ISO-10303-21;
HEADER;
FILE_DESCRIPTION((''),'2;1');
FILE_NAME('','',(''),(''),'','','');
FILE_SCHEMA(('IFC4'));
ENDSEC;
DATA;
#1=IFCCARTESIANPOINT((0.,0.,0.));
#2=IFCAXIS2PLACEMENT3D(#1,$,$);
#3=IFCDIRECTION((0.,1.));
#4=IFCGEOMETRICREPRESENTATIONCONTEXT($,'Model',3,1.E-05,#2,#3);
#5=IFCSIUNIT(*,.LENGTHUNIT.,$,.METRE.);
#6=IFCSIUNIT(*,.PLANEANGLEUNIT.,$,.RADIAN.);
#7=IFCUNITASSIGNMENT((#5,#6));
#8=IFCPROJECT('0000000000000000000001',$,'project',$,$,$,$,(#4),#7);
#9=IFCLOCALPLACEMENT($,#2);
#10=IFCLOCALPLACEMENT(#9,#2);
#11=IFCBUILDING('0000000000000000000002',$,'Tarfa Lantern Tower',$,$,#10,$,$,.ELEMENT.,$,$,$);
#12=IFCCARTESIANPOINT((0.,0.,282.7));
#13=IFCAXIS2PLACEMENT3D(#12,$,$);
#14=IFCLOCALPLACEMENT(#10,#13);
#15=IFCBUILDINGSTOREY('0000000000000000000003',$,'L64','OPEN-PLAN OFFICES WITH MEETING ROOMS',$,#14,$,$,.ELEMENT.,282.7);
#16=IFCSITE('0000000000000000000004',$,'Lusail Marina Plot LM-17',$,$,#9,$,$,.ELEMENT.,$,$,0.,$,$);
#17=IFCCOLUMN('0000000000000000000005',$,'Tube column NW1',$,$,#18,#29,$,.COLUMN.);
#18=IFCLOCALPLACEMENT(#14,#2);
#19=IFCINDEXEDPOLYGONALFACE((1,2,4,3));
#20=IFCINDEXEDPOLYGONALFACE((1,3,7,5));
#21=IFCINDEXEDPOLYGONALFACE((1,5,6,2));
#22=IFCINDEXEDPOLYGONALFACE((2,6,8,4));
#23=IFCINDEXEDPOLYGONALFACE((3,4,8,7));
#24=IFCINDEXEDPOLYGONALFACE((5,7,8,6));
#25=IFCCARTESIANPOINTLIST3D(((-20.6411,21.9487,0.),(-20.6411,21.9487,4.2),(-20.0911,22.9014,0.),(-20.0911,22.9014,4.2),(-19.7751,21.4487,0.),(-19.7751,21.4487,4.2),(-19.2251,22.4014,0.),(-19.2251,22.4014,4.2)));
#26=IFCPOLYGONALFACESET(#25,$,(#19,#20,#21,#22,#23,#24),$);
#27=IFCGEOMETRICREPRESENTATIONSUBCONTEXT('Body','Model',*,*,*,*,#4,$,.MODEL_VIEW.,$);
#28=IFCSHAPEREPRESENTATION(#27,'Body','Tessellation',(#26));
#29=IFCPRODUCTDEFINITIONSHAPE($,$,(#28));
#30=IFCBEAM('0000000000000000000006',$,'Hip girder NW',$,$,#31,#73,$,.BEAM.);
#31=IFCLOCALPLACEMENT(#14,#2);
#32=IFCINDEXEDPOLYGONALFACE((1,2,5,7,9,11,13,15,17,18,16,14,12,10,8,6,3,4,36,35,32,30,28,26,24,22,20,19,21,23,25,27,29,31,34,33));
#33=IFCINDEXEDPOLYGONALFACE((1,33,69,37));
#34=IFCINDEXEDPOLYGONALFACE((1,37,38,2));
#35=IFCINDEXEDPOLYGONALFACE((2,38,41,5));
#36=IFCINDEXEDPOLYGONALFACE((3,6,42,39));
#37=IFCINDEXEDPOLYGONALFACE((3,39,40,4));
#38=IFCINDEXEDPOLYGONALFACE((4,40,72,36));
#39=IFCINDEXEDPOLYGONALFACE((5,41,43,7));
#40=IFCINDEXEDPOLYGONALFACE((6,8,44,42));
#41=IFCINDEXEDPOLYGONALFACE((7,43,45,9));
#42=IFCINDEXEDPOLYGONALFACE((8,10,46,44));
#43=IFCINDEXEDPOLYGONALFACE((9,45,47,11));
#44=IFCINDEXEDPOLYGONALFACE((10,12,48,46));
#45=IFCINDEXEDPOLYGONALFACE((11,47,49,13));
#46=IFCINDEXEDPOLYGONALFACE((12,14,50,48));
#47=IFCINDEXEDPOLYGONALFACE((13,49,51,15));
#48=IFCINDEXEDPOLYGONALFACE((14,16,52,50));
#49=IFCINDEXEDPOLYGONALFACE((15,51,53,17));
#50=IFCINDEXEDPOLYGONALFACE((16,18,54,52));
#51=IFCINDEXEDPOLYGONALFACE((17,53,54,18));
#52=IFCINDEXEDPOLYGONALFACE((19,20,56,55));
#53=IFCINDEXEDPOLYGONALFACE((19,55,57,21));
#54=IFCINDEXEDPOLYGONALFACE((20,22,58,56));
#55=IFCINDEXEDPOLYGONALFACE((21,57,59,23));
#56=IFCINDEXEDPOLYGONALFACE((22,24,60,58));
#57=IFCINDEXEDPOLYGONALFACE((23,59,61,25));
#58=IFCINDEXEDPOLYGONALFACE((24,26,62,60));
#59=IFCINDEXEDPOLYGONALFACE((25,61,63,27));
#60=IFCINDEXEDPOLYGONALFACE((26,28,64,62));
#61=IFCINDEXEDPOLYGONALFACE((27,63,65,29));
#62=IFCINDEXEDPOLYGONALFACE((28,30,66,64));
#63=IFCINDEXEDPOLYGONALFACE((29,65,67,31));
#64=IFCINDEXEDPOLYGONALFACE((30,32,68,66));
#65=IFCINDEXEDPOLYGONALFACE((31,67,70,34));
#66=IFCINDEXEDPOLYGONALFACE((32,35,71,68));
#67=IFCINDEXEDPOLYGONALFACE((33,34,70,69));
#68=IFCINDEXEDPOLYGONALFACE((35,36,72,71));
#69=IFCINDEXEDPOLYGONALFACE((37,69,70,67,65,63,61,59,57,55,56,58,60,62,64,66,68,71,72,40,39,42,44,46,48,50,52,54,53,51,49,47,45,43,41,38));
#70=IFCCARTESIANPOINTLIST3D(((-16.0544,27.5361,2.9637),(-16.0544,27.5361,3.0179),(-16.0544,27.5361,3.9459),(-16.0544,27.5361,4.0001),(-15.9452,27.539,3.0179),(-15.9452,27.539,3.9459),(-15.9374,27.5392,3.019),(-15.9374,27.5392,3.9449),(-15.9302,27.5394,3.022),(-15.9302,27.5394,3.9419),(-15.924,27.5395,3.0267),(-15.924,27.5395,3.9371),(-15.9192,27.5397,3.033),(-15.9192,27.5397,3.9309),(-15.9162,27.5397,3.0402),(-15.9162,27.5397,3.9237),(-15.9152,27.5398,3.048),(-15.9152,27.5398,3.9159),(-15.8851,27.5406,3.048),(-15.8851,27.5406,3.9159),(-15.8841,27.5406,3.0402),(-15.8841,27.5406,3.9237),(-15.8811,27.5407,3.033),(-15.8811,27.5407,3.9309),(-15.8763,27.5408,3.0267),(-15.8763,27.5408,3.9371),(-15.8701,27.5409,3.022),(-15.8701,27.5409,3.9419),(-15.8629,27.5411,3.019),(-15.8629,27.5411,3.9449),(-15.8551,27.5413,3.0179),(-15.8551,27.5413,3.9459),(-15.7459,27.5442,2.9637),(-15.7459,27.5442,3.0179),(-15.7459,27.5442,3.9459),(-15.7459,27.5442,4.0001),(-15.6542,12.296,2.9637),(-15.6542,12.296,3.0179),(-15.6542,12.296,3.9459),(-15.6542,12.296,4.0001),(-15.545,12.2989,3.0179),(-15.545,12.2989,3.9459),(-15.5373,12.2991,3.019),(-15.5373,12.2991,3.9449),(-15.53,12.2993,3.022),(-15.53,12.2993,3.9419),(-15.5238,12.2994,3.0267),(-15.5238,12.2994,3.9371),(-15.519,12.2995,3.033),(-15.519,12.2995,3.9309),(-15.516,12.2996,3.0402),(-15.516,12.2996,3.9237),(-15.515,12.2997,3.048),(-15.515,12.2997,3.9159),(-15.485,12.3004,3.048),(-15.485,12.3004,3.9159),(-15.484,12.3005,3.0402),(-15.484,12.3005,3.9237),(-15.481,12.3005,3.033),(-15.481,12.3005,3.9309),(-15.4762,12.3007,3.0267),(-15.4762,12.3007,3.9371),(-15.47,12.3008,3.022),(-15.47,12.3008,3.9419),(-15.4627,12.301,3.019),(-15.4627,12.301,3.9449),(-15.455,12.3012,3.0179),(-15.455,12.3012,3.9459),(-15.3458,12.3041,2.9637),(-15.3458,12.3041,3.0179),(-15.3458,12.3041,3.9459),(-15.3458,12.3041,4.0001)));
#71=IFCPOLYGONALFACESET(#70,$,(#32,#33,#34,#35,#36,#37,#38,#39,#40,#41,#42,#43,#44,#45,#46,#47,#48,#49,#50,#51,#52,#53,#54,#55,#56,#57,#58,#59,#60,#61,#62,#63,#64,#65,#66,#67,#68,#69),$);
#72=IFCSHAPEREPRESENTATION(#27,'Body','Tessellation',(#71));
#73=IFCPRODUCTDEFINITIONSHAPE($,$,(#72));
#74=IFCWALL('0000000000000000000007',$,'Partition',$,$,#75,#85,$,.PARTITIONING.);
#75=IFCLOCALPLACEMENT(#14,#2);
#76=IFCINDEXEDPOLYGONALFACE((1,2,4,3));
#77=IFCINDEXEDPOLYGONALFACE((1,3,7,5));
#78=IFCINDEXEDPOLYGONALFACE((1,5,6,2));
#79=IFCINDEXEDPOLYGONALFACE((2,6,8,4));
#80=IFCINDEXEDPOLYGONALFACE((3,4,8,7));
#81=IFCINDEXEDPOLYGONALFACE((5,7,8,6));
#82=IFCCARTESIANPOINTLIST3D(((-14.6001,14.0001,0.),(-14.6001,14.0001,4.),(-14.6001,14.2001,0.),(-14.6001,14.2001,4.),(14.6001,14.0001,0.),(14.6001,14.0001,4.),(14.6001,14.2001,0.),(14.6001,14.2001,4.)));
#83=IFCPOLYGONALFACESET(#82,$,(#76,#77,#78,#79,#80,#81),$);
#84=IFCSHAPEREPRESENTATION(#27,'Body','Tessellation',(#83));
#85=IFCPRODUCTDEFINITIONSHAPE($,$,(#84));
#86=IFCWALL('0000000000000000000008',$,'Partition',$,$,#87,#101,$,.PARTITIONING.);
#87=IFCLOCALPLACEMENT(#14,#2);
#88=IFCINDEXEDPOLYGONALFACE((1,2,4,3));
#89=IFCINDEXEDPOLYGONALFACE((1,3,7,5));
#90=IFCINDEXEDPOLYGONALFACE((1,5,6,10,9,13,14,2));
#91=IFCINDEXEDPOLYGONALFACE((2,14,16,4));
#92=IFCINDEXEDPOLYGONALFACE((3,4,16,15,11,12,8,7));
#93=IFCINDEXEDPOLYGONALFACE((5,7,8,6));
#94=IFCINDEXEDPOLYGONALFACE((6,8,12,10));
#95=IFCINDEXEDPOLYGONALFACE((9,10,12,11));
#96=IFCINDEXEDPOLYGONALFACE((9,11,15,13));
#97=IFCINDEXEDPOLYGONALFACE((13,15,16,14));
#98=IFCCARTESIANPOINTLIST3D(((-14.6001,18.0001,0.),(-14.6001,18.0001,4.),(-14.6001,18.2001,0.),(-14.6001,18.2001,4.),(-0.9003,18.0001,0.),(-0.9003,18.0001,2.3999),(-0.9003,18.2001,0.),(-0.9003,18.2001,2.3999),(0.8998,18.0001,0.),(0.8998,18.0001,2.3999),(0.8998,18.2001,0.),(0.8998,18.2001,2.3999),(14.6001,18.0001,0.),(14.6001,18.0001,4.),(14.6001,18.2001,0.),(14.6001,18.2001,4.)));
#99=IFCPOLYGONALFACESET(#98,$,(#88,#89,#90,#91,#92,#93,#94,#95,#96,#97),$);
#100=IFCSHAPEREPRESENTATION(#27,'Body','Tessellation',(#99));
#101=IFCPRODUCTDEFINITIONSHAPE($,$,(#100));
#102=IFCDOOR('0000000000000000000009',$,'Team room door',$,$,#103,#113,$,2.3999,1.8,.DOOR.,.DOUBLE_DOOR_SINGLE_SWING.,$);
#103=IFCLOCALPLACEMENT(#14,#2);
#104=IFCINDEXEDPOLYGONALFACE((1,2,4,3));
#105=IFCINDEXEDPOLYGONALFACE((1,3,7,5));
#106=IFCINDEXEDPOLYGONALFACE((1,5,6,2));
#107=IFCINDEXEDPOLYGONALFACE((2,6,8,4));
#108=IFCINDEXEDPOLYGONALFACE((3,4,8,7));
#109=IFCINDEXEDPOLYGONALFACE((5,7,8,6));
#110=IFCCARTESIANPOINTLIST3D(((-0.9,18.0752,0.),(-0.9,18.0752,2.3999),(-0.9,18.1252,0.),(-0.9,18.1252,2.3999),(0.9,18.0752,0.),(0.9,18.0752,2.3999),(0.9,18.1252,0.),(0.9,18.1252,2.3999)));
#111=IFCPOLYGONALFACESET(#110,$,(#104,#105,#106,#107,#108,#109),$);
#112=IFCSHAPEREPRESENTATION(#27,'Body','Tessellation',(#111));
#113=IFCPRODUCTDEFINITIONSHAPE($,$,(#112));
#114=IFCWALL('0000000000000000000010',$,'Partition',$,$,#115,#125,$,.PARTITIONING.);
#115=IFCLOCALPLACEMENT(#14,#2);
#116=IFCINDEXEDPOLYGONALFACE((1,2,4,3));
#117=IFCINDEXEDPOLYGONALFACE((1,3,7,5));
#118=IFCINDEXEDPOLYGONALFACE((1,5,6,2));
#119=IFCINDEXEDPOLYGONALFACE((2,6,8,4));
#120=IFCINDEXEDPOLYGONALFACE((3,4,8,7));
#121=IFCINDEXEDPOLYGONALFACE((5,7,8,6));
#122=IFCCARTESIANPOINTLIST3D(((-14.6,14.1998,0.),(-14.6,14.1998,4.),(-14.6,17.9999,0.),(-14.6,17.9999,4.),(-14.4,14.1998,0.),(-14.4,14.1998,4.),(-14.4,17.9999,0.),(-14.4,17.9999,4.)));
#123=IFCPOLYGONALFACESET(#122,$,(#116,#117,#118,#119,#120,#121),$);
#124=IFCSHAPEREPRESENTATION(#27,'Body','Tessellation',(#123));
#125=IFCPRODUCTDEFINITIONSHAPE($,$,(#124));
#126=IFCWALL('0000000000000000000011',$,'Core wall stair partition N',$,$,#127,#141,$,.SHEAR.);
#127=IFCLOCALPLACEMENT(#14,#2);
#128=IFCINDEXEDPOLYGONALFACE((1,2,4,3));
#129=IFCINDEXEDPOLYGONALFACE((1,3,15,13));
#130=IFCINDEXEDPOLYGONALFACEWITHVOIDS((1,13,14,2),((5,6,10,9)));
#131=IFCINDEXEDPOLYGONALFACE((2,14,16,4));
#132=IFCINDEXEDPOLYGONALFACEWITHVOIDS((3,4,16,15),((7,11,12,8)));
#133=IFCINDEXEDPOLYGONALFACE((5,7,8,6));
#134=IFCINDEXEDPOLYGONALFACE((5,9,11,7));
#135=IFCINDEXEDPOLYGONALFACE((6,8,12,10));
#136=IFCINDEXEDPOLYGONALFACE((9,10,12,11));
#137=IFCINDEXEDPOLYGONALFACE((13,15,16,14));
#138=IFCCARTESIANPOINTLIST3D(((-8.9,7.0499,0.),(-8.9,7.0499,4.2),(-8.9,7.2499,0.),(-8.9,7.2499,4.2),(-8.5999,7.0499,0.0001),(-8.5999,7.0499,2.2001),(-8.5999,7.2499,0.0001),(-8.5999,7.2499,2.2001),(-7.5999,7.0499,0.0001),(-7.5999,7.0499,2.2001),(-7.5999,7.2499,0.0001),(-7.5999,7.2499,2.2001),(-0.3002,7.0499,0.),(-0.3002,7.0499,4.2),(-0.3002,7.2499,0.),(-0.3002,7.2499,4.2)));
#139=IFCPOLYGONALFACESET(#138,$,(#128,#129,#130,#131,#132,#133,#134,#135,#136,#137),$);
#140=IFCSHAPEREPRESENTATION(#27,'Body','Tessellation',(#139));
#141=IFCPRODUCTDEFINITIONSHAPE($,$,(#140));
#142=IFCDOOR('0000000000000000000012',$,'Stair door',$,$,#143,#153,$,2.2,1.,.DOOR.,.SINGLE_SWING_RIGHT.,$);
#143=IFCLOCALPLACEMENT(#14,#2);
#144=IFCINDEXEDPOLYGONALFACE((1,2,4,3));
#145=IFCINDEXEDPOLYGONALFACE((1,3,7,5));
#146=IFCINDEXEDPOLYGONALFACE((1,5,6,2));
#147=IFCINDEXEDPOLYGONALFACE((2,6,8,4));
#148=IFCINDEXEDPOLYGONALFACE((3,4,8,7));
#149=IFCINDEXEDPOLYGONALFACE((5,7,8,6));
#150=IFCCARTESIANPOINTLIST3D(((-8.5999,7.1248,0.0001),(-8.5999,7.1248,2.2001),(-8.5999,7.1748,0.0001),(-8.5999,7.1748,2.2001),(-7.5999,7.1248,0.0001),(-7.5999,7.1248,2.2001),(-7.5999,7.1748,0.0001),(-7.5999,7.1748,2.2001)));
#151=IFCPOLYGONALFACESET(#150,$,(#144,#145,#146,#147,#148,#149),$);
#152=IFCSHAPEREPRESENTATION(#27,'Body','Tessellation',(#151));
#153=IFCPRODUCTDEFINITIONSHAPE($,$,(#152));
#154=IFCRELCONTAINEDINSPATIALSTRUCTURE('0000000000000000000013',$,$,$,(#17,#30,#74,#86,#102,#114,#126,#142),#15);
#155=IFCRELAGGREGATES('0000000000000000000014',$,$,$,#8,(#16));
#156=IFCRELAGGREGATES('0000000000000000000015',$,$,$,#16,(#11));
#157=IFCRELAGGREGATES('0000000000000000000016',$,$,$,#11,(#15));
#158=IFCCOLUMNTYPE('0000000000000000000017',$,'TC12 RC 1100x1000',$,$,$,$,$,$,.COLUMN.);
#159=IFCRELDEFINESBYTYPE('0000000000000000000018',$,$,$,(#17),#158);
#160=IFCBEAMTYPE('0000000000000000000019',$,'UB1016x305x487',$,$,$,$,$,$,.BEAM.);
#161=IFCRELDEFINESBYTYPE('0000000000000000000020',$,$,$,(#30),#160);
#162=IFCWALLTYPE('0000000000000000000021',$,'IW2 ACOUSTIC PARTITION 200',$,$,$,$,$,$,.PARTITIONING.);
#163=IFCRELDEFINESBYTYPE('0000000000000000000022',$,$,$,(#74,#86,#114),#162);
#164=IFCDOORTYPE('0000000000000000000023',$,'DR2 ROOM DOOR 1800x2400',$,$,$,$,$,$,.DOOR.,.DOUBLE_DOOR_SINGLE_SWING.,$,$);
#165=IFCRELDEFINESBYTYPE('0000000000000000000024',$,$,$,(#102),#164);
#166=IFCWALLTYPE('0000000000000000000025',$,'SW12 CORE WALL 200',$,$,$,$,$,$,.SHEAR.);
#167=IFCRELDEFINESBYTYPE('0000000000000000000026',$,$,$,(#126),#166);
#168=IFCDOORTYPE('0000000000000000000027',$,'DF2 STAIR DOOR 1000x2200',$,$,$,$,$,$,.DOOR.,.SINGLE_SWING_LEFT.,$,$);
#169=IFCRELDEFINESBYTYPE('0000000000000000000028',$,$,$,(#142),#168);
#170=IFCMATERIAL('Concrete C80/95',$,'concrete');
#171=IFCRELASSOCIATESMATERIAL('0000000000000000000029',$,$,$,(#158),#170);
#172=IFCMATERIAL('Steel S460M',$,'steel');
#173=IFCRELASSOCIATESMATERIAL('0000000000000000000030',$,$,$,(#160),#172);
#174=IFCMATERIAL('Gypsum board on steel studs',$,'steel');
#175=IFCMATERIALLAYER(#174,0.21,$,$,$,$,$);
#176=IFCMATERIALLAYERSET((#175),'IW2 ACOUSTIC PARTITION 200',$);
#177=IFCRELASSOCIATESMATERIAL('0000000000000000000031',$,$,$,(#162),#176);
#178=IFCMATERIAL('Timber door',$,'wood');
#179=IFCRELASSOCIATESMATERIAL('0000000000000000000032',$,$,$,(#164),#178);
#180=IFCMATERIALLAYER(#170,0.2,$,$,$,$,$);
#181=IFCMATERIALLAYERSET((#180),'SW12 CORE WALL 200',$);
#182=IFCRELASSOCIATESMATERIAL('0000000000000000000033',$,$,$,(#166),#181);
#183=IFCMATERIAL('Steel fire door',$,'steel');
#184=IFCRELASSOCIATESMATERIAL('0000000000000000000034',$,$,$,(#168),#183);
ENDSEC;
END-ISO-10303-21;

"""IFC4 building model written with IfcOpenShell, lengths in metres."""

from ifc_helpers import new_model, si_unit, direction, frame, frame_2d, origin, origin_2d, place, context, subcontext, project, spatial, rectangle, i_section, extrude, material, layer, layer_set, material_profile, profile_set, type_object, element, fill, save


model = new_model("IFC4")

# Units and contexts
model_context = context("Model", 3, precision=1e-05, world=origin(), true_north=direction((0.0, 1.0)))
body_context = subcontext(model_context, "Body", "Model", "MODEL_VIEW")
ifc_project = project(units=[si_unit("LENGTHUNIT", "METRE"), si_unit("PLANEANGLEUNIT", "RADIAN")], contexts=[model_context])

# Site, building, storey
site_placement = place(None, origin())
site = spatial("IfcSite", under=ifc_project, at=site_placement, Name="Lusail Marina Plot LM-17", CompositionType="ELEMENT", RefElevation=0.0)
building_placement = place(site_placement, origin())
building = spatial("IfcBuilding", under=site, at=building_placement, Name="Tarfa Lantern Tower", CompositionType="ELEMENT")
storey_placement = place(building_placement, frame((0.0, 0.0, 282.7)))
storey = spatial("IfcBuildingStorey", under=building, at=storey_placement, Name="L64", Description="OPEN-PLAN OFFICES WITH MEETING ROOMS", CompositionType="ELEMENT", Elevation=282.7)

# Column
ifc_material_1 = material(Name="Concrete C80/95", Category="concrete")
ifc_material_profile_1 = material_profile(ifc_material_1, rectangle(XDim=1.1001, YDim=1.0, at=origin_2d()), Name="RC 1100x1000")
ifc_profile_set_1 = profile_set([ifc_material_profile_1], Name="Concrete C80/95")
column_type = type_object("IfcColumnType", Name="TC12 RC 1100x1000", PredefinedType="COLUMN", material=ifc_profile_set_1)
column_placement = place(storey_placement, frame((-19.9331, 22.175, 0.0), z_axis=(0.0, 0.0, 1.0), x_axis=(-0.5, -0.866025, 0.0)))
element("IfcColumn", 1, at=column_placement, inside=storey, type_object=column_type, Name="Tube column NW1", PredefinedType="COLUMN", context=body_context, shape_type="SweptSolid", body=[
    extrude(rectangle(XDim=1.1001, YDim=1.0, at=origin_2d()), origin(), (0.0, 0.0, 1.0), 4.2),
])

# Beam
ifc_material_2 = material(Name="Steel S460M", Category="steel")
ifc_material_profile_2 = material_profile(ifc_material_2, i_section(OverallWidth=0.3086, OverallDepth=1.0364, WebThickness=0.03, FlangeThickness=0.0542, FilletRadius=0.03, at=origin_2d()), Name="UB1016x305x487")
ifc_profile_set_2 = profile_set([ifc_material_profile_2], Name="Steel S460M")
beam_type = type_object("IfcBeamType", Name="UB1016x305x487", PredefinedType="BEAM", material=ifc_profile_set_2)
beam_placement = place(storey_placement, frame((-15.5, 12.3, 3.4819), z_axis=(-0.026247, 0.999655, 0.0), x_axis=(-0.999655, -0.026247, 0.0)))
element("IfcBeam", 2, at=beam_placement, inside=storey, type_object=beam_type, Name="Hip girder NW", PredefinedType="BEAM", context=body_context, shape_type="SweptSolid", body=[
    extrude(i_section(OverallWidth=0.3086, OverallDepth=1.0364, WebThickness=0.03, FlangeThickness=0.0542, FilletRadius=0.03, at=origin_2d()), origin(), (0.0, 0.0, 1.0), 15.2454),
])

# Wall
ifc_material_3 = material(Name="Gypsum board on steel studs", Category="steel")
ifc_layer_1 = layer(ifc_material_3, 0.21)
ifc_layer_set_1 = layer_set([ifc_layer_1], Name="IW2 ACOUSTIC PARTITION 200")
wall_type_1 = type_object("IfcWallType", Name="IW2 ACOUSTIC PARTITION 200", PredefinedType="PARTITIONING", material=ifc_layer_set_1)
wall_1_placement = place(storey_placement, frame((-14.6001, 14.1001, 0.0), z_axis=(0.0, 0.0, 1.0), x_axis=(1.0, 0.0, 0.0)))
element("IfcWall", 3, at=wall_1_placement, inside=storey, type_object=wall_type_1, Name="Partition", PredefinedType="PARTITIONING", context=body_context, shape_type="SweptSolid", body=[
    extrude(rectangle(XDim=29.2002, YDim=0.2, at=frame_2d((14.6001, 0.0))), origin(), (0.0, 0.0, 1.0), 4.0),
])

# Wall, opening, door
wall_2_placement = place(storey_placement, frame((-14.6001, 18.1001, 0.0), z_axis=(0.0, 0.0, 1.0), x_axis=(1.0, 0.0, 0.0)))
wall_2 = element("IfcWall", 4, at=wall_2_placement, inside=storey, type_object=wall_type_1, Name="Partition", PredefinedType="PARTITIONING", context=body_context, shape_type="SweptSolid", body=[
    extrude(rectangle(XDim=29.2002, YDim=0.2, at=frame_2d((14.6001, 0.0))), origin(), (0.0, 0.0, 1.0), 4.0),
])
opening_1_placement = place(wall_2_placement, frame((13.7, 0.0, 0.0)))
opening_1 = element("IfcOpeningElement", 5, at=opening_1_placement, cuts=wall_2, PredefinedType="OPENING", context=body_context, shape_type="SweptSolid", body=[
    extrude(rectangle(XDim=1.8, YDim=2.3999, at=frame_2d((0.8999, 1.2))), frame((0.0, 0.1099, 0.0), z_axis=(0.0, -1.0, 0.0), x_axis=(1.0, 0.0, 0.0)), (0.0, 0.0, 1.0), 0.22),
])
ifc_material_4 = material(Name="Timber door", Category="wood")
door_type_1 = type_object("IfcDoorType", Name="DR2 ROOM DOOR 1800x2400", OperationType="DOUBLE_DOOR_SINGLE_SWING", PredefinedType="DOOR", material=ifc_material_4)
door_1_placement = place(opening_1_placement, frame((1.8, 0.0, 0.0), z_axis=(0.0, 0.0, 1.0), x_axis=(-1.0, 0.0, 0.0)))
door_1 = element("IfcDoor", 6, at=door_1_placement, inside=storey, type_object=door_type_1, Name="Team room door", OperationType="DOUBLE_DOOR_SINGLE_SWING", OverallHeight=2.3999, OverallWidth=1.8, PredefinedType="DOOR", context=body_context, shape_type="SweptSolid", body=[
    extrude(rectangle(XDim=1.8, YDim=2.3999, at=frame_2d((0.8999, 1.2))), frame((0.0, 0.0249, 0.0), z_axis=(0.0, -1.0, 0.0), x_axis=(1.0, 0.0, 0.0)), (0.0, 0.0, 1.0), 0.05),
])
fill(opening_1, door_1)

# Wall
wall_3_placement = place(storey_placement, frame((-14.5, 14.2, 0.0), z_axis=(0.0, 0.0, 1.0), x_axis=(0.0, 1.0, 0.0)))
element("IfcWall", 7, at=wall_3_placement, inside=storey, type_object=wall_type_1, Name="Partition", PredefinedType="PARTITIONING", context=body_context, shape_type="SweptSolid", body=[
    extrude(rectangle(XDim=3.8, YDim=0.2, at=frame_2d((1.8999, 0.0))), origin(), (0.0, 0.0, 1.0), 4.0),
])

# Wall, opening, door
ifc_layer_2 = layer(ifc_material_1, 0.2)
ifc_layer_set_2 = layer_set([ifc_layer_2], Name="SW12 CORE WALL 200")
wall_type_2 = type_object("IfcWallType", Name="SW12 CORE WALL 200", PredefinedType="SHEAR", material=ifc_layer_set_2)
wall_4_placement = place(storey_placement, frame((-8.8999, 7.1499, 0.0), z_axis=(0.0, 0.0, 1.0), x_axis=(1.0, 0.0, 0.0)))
wall_4 = element("IfcWall", 8, at=wall_4_placement, inside=storey, type_object=wall_type_2, Name="Core wall stair partition N", PredefinedType="SHEAR", context=body_context, shape_type="SweptSolid", body=[
    extrude(rectangle(XDim=8.5999, YDim=0.2, at=frame_2d((4.2998, 0.0))), origin(), (0.0, 0.0, 1.0), 4.2),
])
opening_2_placement = place(wall_4_placement, frame((0.3, 0.0, 0.0)))
opening_2 = element("IfcOpeningElement", 9, at=opening_2_placement, cuts=wall_4, PredefinedType="OPENING", context=body_context, shape_type="SweptSolid", body=[
    extrude(rectangle(XDim=1.0, YDim=2.2, at=frame_2d((0.5, 1.1001))), frame((0.0, 0.1099, 0.0), z_axis=(0.0, -1.0, 0.0), x_axis=(1.0, 0.0, 0.0)), (0.0, 0.0, 1.0), 0.22),
])
ifc_material_5 = material(Name="Steel fire door", Category="steel")
door_type_2 = type_object("IfcDoorType", Name="DF2 STAIR DOOR 1000x2200", OperationType="SINGLE_SWING_LEFT", PredefinedType="DOOR", material=ifc_material_5)
door_2_placement = place(opening_2_placement, origin())
door_2 = element("IfcDoor", 10, at=door_2_placement, inside=storey, type_object=door_type_2, Name="Stair door", OperationType="SINGLE_SWING_RIGHT", OverallHeight=2.2, OverallWidth=1.0, PredefinedType="DOOR", context=body_context, shape_type="SweptSolid", body=[
    extrude(rectangle(XDim=1.0, YDim=2.2, at=frame_2d((0.5, 1.1001))), frame((0.0, 0.0249, 0.0), z_axis=(0.0, -1.0, 0.0), x_axis=(1.0, 0.0, 0.0)), (0.0, 0.0, 1.0), 0.05),
])
fill(opening_2, door_2)

save(model, "model.ifc")
